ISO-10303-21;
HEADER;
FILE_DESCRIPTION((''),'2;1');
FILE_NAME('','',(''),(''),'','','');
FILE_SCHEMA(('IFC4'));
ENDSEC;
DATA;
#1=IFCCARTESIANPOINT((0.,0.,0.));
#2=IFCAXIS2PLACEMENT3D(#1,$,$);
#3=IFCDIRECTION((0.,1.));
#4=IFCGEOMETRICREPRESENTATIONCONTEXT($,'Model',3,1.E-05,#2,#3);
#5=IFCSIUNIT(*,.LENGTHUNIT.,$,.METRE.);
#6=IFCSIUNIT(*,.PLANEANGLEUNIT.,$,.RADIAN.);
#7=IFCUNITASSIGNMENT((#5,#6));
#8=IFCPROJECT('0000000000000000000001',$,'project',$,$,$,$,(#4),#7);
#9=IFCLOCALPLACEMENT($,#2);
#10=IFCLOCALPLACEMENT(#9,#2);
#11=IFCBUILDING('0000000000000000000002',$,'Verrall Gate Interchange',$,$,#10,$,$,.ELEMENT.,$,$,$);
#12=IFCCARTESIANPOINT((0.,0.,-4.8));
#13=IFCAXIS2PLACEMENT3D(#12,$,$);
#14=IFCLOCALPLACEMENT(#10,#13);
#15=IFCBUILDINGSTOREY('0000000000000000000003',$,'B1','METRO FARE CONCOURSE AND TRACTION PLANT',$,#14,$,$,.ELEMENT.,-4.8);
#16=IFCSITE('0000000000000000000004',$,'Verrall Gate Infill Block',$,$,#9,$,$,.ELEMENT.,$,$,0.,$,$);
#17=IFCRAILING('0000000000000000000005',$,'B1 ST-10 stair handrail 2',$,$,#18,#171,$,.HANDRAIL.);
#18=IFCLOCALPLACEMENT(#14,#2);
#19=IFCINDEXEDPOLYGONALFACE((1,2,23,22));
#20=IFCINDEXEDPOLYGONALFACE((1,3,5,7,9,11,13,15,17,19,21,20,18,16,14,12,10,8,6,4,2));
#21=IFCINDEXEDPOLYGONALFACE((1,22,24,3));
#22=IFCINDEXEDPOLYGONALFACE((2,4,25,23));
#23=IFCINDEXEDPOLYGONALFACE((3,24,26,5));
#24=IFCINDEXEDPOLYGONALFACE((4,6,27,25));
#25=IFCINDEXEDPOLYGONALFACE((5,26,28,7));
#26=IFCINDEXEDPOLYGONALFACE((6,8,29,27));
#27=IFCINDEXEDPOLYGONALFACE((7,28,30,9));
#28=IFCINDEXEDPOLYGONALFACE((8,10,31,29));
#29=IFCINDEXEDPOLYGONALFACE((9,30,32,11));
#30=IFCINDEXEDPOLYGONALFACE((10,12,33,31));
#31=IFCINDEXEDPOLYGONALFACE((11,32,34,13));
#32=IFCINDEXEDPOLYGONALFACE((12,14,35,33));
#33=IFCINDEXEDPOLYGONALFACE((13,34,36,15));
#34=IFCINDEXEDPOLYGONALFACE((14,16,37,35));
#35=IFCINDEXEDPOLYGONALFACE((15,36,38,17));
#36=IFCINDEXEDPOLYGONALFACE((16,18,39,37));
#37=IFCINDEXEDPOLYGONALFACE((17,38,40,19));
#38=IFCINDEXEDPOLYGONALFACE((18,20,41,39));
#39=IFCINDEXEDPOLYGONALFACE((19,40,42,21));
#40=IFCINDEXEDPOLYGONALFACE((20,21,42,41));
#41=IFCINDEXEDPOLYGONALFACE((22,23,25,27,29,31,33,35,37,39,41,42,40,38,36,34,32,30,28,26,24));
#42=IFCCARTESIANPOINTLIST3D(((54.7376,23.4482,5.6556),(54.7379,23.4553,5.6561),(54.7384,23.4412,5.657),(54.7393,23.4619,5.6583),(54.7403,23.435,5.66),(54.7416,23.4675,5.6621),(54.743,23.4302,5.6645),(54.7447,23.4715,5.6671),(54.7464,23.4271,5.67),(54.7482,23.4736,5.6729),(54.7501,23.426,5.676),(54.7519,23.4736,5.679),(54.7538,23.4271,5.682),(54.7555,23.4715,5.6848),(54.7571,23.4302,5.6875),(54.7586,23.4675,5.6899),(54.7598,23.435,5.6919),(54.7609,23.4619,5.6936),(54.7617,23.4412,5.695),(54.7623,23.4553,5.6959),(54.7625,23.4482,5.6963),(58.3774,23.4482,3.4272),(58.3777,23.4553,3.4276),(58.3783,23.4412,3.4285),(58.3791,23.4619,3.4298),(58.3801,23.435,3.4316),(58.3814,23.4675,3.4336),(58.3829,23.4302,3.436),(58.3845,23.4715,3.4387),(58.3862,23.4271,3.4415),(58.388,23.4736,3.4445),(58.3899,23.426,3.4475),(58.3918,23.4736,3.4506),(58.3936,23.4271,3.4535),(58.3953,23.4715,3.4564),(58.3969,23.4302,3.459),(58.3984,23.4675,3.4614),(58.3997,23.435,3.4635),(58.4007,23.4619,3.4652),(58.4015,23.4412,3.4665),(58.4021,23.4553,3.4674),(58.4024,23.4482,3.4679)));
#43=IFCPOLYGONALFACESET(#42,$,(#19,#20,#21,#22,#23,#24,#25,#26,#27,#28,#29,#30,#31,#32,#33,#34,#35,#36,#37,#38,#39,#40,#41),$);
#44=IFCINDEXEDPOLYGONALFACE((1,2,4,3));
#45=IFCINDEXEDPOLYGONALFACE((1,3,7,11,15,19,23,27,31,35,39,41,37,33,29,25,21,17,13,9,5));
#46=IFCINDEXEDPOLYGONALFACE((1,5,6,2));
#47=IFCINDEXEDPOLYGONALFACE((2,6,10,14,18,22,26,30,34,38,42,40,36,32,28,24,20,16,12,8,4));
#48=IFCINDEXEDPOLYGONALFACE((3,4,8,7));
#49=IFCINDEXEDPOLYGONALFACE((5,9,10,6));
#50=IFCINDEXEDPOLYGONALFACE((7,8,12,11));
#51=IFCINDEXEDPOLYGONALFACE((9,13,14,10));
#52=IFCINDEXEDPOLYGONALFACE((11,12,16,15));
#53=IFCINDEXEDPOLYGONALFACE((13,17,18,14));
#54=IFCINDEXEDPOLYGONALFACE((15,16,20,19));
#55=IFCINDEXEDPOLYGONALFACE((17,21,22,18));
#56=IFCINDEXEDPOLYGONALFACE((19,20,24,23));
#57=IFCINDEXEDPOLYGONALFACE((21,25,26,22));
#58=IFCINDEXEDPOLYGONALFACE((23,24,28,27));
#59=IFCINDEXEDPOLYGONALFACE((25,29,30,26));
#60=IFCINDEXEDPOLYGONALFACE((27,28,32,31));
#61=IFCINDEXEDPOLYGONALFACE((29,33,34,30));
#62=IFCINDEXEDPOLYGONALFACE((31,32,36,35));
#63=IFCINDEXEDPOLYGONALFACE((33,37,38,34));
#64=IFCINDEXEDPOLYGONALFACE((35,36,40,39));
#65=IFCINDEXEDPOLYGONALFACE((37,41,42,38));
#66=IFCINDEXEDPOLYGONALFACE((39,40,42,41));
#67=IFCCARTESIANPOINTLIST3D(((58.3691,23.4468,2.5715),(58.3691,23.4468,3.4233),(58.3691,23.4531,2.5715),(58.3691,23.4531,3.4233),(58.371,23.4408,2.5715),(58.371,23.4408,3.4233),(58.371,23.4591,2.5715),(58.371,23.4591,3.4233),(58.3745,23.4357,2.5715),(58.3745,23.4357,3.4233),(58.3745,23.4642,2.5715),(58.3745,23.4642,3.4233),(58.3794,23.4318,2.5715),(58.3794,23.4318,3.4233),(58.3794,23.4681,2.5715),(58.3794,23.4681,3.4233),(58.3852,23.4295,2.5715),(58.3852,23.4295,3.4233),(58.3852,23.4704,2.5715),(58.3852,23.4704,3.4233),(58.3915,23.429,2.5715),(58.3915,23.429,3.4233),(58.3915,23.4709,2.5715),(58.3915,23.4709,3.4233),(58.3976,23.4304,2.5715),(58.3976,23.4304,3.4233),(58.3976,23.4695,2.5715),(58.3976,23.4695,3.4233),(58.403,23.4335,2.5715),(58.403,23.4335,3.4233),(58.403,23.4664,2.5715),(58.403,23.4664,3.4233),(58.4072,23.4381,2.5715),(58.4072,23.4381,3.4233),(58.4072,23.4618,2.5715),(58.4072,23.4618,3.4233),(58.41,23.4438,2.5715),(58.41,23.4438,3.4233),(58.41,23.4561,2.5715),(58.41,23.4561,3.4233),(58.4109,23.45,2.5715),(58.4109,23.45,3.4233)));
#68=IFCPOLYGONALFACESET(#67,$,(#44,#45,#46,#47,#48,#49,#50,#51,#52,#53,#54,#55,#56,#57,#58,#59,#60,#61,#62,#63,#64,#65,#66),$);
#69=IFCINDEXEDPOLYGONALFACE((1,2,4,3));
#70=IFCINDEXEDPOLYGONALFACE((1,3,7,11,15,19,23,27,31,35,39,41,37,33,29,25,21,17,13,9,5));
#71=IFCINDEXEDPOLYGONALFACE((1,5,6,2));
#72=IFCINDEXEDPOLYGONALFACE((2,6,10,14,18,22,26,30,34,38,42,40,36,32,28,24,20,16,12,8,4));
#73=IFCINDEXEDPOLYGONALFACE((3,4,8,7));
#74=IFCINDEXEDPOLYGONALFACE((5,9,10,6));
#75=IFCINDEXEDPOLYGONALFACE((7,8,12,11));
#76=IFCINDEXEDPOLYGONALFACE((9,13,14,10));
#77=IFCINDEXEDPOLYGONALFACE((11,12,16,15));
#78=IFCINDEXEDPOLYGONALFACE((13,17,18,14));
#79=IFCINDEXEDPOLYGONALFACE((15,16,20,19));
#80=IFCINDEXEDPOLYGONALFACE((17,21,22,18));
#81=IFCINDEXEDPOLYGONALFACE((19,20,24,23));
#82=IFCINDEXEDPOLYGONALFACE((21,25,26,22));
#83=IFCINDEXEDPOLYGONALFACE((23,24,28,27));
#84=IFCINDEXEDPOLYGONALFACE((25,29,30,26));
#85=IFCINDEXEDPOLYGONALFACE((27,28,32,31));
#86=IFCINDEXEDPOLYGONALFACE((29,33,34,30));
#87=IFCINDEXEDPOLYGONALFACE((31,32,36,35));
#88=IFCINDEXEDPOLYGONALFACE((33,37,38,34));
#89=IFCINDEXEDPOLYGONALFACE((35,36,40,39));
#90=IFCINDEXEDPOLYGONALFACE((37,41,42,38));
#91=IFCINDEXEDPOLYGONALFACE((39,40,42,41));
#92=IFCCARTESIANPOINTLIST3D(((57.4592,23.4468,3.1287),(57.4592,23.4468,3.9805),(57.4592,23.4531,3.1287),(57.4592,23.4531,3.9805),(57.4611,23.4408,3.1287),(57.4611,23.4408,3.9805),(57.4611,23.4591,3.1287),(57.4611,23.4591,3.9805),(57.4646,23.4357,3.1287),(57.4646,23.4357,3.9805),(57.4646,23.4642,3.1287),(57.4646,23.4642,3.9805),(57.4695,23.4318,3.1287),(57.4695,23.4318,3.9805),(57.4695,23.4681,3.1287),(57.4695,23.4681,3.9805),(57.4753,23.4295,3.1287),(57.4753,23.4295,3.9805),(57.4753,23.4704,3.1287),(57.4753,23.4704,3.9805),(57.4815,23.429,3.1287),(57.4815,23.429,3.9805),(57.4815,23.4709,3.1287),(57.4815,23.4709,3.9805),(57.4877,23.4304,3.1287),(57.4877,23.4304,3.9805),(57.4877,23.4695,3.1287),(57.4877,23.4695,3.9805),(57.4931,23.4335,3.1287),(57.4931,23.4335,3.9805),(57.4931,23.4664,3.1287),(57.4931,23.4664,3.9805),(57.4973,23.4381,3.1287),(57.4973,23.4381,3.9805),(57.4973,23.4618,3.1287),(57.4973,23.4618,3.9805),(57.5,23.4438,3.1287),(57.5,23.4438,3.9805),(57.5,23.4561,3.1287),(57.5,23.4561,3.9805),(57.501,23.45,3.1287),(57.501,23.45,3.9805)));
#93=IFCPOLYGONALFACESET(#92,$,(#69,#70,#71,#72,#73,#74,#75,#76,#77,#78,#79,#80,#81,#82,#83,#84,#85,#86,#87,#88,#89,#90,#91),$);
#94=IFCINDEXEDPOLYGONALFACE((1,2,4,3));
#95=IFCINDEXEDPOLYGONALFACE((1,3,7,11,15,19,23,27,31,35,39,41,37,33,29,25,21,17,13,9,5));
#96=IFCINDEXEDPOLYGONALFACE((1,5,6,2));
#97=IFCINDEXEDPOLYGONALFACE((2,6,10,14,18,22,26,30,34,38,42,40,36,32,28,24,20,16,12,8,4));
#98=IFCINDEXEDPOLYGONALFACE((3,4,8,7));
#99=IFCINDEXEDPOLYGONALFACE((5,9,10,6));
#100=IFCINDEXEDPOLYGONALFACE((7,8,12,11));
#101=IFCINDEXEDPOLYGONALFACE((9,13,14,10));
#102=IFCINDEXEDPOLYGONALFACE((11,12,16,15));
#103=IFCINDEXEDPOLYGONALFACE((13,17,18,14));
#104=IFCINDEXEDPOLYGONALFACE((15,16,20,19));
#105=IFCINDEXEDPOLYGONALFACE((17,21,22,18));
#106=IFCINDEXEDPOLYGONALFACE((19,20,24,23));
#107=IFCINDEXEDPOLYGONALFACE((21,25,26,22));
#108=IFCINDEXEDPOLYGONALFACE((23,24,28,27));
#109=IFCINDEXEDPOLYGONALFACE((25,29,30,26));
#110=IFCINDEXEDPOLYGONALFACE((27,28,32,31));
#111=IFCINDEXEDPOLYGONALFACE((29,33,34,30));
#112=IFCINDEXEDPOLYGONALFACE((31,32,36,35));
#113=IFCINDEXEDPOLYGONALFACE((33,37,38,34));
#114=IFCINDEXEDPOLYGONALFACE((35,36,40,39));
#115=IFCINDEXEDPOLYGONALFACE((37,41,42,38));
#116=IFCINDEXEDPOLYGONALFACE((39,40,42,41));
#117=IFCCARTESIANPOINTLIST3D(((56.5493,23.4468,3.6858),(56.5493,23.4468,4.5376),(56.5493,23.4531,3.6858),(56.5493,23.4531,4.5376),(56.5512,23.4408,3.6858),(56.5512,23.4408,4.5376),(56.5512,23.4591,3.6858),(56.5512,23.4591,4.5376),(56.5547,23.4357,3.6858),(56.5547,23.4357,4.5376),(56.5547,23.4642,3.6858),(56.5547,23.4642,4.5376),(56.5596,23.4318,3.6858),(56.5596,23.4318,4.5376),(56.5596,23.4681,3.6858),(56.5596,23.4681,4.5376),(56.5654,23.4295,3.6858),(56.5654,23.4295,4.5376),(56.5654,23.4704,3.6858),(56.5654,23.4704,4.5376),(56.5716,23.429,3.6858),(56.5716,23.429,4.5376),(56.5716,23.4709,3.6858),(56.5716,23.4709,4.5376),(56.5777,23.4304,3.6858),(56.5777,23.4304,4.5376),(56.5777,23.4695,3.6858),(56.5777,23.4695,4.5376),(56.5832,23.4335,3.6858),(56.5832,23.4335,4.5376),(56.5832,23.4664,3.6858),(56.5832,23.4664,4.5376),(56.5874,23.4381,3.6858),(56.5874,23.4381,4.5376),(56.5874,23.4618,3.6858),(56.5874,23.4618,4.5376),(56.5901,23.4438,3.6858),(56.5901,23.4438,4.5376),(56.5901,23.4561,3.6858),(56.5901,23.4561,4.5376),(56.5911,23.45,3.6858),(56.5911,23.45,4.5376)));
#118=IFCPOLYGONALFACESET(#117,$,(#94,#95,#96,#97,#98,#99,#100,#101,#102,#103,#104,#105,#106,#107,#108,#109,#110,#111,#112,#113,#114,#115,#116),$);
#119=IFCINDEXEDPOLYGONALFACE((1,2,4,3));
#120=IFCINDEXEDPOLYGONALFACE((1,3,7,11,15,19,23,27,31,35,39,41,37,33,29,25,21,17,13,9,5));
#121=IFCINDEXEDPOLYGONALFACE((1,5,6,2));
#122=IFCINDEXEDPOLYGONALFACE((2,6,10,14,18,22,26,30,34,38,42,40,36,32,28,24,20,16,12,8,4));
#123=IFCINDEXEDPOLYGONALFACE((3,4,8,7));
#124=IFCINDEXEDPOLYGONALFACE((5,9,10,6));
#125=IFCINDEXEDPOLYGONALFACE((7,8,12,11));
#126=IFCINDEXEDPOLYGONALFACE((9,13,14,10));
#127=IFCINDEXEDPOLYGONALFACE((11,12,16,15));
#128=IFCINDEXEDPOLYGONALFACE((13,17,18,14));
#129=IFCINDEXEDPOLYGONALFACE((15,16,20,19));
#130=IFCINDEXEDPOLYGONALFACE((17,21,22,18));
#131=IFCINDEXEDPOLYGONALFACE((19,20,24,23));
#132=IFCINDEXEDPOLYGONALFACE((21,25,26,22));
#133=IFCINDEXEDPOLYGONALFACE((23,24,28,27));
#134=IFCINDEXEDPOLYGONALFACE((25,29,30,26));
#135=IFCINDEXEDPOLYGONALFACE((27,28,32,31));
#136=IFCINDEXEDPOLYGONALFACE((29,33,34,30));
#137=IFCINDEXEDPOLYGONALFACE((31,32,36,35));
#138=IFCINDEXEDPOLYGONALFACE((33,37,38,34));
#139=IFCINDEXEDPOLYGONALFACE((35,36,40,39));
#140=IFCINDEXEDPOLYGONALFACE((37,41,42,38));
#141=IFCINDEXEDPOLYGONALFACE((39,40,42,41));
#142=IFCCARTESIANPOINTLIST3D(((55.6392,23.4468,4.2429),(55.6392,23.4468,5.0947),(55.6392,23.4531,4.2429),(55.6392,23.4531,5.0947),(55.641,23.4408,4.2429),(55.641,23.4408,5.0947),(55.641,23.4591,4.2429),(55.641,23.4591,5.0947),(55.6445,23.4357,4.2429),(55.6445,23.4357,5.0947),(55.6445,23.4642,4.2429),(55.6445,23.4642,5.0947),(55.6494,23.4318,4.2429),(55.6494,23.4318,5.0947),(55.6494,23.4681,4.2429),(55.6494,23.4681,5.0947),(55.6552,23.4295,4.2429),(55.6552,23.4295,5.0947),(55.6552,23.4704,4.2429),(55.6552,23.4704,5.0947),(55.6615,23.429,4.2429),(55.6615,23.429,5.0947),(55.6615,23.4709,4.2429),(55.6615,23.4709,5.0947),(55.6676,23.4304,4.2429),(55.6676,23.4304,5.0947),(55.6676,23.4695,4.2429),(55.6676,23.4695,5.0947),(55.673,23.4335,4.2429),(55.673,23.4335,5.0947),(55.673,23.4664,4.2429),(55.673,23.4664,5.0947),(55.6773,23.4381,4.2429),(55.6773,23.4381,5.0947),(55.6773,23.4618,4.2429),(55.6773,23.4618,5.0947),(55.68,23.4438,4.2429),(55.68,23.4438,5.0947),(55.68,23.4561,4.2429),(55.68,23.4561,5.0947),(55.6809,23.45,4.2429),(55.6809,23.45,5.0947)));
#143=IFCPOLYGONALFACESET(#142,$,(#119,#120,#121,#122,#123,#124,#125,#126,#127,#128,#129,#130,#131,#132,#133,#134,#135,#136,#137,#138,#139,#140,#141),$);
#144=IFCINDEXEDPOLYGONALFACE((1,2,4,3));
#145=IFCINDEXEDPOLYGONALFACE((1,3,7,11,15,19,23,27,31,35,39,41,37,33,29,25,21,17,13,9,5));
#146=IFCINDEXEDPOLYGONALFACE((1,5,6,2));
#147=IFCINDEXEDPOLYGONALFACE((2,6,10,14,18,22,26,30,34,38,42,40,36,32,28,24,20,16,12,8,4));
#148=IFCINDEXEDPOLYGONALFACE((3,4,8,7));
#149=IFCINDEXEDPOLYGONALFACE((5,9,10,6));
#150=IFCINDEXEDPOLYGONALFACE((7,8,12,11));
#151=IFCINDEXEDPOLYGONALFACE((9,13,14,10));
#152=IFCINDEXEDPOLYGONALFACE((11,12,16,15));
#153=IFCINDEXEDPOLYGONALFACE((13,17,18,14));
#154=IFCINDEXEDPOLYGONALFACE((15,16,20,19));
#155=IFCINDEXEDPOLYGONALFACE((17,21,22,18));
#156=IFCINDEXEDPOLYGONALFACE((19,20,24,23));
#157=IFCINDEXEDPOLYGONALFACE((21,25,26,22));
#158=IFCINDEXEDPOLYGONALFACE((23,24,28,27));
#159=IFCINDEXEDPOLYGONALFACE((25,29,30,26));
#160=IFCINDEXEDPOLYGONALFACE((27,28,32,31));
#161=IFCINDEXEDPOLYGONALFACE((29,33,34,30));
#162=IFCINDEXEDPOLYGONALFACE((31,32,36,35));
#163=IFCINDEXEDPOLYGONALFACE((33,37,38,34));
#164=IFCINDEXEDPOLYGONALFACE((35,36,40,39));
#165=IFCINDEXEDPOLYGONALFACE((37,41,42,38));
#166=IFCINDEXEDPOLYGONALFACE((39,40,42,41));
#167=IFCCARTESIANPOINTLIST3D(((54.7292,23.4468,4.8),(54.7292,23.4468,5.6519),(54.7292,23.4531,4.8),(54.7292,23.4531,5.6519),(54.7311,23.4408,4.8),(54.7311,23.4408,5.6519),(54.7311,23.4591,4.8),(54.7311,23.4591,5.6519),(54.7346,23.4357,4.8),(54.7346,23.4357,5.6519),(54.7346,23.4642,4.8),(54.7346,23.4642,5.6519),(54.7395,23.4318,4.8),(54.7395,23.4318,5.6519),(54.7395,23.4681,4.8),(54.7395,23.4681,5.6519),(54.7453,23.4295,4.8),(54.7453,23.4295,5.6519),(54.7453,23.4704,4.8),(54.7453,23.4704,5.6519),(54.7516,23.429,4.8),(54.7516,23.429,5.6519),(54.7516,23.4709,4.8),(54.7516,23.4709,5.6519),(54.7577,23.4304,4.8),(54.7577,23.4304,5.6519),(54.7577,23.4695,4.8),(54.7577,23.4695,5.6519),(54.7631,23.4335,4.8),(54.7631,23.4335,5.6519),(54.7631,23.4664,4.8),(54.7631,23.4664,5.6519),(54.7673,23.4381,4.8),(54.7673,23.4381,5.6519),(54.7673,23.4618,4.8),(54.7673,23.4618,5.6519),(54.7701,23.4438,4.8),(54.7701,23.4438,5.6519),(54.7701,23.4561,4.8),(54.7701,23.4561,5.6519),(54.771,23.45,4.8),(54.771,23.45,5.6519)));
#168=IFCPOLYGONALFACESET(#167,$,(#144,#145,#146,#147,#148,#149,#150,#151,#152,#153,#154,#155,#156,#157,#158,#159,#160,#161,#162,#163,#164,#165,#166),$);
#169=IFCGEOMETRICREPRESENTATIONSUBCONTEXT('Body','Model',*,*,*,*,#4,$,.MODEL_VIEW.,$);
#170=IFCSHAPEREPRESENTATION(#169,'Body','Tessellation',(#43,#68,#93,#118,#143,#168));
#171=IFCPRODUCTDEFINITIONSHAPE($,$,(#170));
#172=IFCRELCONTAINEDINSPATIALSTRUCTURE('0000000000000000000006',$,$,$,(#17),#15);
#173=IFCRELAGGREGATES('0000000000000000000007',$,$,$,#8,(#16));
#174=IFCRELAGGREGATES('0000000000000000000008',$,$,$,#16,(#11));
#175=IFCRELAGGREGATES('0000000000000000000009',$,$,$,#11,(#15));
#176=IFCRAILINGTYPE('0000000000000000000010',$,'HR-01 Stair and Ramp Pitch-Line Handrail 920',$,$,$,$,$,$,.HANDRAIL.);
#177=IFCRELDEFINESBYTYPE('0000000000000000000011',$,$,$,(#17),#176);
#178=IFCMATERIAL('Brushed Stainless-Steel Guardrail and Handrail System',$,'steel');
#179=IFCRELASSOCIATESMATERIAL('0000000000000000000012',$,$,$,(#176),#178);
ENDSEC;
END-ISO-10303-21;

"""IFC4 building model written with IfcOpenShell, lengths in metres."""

from ifc_helpers import new_model, si_unit, direction, frame, origin, origin_2d, place, context, subcontext, project, spatial, circle, extrude, material, type_object, element, save


model = new_model("IFC4")

# Units and contexts
model_context = context("Model", 3, precision=1e-05, world=origin(), true_north=direction((0.0, 1.0)))
body_context = subcontext(model_context, "Body", "Model", "MODEL_VIEW")
ifc_project = project(units=[si_unit("LENGTHUNIT", "METRE"), si_unit("PLANEANGLEUNIT", "RADIAN")], contexts=[model_context])

# Site, building, storey
site_placement = place(None, origin())
site = spatial("IfcSite", under=ifc_project, at=site_placement, Name="Verrall Gate Infill Block", CompositionType="ELEMENT", RefElevation=0.0)
building_placement = place(site_placement, origin())
building = spatial("IfcBuilding", under=site, at=building_placement, Name="Verrall Gate Interchange", CompositionType="ELEMENT")
storey_placement = place(building_placement, frame((0.0, 0.0, -4.8)))
storey = spatial("IfcBuildingStorey", under=building, at=storey_placement, Name="B1", Description="METRO FARE CONCOURSE AND TRACTION PLANT", CompositionType="ELEMENT", Elevation=-4.8)

# Railing
ifc_material_1 = material(Name="Brushed Stainless-Steel Guardrail and Handrail System", Category="steel")
railing_type_1 = type_object("IfcRailingType", Name="HR-01 Stair and Ramp Pitch-Line Handrail 920", PredefinedType="HANDRAIL", material=ifc_material_1)
railing_1_placement = place(storey_placement, frame((58.3899, 23.45, 2.5715)))
element("IfcRailing", 1, at=railing_1_placement, inside=storey, type_object=railing_type_1, Name="B1 ST-10 stair handrail 2", PredefinedType="HANDRAIL", context=body_context, shape_type="SweptSolid", body=[
    extrude(circle(Radius=0.0239, at=origin_2d()), frame((0.0, 0.0, 0.876), z_axis=(-0.85285, 0.0, 0.522156), x_axis=(0.0, -1.0, 0.0)), (0.0, 0.0, 1.0), 4.2678),
    extrude(circle(Radius=0.021, at=origin_2d()), origin(), (0.0, 0.0, 1.0), 0.8518),
    extrude(circle(Radius=0.021, at=origin_2d()), frame((-0.9099, 0.0, 0.5571)), (0.0, 0.0, 1.0), 0.8518),
    extrude(circle(Radius=0.021, at=origin_2d()), frame((-1.8198, 0.0, 1.1143)), (0.0, 0.0, 1.0), 0.8518),
    extrude(circle(Radius=0.021, at=origin_2d()), frame((-2.73, 0.0, 1.6714)), (0.0, 0.0, 1.0), 0.8518),
    extrude(circle(Radius=0.021, at=origin_2d()), frame((-3.6399, 0.0, 2.2285)), (0.0, 0.0, 1.0), 0.8518),
])

save(model, "model.ifc")
